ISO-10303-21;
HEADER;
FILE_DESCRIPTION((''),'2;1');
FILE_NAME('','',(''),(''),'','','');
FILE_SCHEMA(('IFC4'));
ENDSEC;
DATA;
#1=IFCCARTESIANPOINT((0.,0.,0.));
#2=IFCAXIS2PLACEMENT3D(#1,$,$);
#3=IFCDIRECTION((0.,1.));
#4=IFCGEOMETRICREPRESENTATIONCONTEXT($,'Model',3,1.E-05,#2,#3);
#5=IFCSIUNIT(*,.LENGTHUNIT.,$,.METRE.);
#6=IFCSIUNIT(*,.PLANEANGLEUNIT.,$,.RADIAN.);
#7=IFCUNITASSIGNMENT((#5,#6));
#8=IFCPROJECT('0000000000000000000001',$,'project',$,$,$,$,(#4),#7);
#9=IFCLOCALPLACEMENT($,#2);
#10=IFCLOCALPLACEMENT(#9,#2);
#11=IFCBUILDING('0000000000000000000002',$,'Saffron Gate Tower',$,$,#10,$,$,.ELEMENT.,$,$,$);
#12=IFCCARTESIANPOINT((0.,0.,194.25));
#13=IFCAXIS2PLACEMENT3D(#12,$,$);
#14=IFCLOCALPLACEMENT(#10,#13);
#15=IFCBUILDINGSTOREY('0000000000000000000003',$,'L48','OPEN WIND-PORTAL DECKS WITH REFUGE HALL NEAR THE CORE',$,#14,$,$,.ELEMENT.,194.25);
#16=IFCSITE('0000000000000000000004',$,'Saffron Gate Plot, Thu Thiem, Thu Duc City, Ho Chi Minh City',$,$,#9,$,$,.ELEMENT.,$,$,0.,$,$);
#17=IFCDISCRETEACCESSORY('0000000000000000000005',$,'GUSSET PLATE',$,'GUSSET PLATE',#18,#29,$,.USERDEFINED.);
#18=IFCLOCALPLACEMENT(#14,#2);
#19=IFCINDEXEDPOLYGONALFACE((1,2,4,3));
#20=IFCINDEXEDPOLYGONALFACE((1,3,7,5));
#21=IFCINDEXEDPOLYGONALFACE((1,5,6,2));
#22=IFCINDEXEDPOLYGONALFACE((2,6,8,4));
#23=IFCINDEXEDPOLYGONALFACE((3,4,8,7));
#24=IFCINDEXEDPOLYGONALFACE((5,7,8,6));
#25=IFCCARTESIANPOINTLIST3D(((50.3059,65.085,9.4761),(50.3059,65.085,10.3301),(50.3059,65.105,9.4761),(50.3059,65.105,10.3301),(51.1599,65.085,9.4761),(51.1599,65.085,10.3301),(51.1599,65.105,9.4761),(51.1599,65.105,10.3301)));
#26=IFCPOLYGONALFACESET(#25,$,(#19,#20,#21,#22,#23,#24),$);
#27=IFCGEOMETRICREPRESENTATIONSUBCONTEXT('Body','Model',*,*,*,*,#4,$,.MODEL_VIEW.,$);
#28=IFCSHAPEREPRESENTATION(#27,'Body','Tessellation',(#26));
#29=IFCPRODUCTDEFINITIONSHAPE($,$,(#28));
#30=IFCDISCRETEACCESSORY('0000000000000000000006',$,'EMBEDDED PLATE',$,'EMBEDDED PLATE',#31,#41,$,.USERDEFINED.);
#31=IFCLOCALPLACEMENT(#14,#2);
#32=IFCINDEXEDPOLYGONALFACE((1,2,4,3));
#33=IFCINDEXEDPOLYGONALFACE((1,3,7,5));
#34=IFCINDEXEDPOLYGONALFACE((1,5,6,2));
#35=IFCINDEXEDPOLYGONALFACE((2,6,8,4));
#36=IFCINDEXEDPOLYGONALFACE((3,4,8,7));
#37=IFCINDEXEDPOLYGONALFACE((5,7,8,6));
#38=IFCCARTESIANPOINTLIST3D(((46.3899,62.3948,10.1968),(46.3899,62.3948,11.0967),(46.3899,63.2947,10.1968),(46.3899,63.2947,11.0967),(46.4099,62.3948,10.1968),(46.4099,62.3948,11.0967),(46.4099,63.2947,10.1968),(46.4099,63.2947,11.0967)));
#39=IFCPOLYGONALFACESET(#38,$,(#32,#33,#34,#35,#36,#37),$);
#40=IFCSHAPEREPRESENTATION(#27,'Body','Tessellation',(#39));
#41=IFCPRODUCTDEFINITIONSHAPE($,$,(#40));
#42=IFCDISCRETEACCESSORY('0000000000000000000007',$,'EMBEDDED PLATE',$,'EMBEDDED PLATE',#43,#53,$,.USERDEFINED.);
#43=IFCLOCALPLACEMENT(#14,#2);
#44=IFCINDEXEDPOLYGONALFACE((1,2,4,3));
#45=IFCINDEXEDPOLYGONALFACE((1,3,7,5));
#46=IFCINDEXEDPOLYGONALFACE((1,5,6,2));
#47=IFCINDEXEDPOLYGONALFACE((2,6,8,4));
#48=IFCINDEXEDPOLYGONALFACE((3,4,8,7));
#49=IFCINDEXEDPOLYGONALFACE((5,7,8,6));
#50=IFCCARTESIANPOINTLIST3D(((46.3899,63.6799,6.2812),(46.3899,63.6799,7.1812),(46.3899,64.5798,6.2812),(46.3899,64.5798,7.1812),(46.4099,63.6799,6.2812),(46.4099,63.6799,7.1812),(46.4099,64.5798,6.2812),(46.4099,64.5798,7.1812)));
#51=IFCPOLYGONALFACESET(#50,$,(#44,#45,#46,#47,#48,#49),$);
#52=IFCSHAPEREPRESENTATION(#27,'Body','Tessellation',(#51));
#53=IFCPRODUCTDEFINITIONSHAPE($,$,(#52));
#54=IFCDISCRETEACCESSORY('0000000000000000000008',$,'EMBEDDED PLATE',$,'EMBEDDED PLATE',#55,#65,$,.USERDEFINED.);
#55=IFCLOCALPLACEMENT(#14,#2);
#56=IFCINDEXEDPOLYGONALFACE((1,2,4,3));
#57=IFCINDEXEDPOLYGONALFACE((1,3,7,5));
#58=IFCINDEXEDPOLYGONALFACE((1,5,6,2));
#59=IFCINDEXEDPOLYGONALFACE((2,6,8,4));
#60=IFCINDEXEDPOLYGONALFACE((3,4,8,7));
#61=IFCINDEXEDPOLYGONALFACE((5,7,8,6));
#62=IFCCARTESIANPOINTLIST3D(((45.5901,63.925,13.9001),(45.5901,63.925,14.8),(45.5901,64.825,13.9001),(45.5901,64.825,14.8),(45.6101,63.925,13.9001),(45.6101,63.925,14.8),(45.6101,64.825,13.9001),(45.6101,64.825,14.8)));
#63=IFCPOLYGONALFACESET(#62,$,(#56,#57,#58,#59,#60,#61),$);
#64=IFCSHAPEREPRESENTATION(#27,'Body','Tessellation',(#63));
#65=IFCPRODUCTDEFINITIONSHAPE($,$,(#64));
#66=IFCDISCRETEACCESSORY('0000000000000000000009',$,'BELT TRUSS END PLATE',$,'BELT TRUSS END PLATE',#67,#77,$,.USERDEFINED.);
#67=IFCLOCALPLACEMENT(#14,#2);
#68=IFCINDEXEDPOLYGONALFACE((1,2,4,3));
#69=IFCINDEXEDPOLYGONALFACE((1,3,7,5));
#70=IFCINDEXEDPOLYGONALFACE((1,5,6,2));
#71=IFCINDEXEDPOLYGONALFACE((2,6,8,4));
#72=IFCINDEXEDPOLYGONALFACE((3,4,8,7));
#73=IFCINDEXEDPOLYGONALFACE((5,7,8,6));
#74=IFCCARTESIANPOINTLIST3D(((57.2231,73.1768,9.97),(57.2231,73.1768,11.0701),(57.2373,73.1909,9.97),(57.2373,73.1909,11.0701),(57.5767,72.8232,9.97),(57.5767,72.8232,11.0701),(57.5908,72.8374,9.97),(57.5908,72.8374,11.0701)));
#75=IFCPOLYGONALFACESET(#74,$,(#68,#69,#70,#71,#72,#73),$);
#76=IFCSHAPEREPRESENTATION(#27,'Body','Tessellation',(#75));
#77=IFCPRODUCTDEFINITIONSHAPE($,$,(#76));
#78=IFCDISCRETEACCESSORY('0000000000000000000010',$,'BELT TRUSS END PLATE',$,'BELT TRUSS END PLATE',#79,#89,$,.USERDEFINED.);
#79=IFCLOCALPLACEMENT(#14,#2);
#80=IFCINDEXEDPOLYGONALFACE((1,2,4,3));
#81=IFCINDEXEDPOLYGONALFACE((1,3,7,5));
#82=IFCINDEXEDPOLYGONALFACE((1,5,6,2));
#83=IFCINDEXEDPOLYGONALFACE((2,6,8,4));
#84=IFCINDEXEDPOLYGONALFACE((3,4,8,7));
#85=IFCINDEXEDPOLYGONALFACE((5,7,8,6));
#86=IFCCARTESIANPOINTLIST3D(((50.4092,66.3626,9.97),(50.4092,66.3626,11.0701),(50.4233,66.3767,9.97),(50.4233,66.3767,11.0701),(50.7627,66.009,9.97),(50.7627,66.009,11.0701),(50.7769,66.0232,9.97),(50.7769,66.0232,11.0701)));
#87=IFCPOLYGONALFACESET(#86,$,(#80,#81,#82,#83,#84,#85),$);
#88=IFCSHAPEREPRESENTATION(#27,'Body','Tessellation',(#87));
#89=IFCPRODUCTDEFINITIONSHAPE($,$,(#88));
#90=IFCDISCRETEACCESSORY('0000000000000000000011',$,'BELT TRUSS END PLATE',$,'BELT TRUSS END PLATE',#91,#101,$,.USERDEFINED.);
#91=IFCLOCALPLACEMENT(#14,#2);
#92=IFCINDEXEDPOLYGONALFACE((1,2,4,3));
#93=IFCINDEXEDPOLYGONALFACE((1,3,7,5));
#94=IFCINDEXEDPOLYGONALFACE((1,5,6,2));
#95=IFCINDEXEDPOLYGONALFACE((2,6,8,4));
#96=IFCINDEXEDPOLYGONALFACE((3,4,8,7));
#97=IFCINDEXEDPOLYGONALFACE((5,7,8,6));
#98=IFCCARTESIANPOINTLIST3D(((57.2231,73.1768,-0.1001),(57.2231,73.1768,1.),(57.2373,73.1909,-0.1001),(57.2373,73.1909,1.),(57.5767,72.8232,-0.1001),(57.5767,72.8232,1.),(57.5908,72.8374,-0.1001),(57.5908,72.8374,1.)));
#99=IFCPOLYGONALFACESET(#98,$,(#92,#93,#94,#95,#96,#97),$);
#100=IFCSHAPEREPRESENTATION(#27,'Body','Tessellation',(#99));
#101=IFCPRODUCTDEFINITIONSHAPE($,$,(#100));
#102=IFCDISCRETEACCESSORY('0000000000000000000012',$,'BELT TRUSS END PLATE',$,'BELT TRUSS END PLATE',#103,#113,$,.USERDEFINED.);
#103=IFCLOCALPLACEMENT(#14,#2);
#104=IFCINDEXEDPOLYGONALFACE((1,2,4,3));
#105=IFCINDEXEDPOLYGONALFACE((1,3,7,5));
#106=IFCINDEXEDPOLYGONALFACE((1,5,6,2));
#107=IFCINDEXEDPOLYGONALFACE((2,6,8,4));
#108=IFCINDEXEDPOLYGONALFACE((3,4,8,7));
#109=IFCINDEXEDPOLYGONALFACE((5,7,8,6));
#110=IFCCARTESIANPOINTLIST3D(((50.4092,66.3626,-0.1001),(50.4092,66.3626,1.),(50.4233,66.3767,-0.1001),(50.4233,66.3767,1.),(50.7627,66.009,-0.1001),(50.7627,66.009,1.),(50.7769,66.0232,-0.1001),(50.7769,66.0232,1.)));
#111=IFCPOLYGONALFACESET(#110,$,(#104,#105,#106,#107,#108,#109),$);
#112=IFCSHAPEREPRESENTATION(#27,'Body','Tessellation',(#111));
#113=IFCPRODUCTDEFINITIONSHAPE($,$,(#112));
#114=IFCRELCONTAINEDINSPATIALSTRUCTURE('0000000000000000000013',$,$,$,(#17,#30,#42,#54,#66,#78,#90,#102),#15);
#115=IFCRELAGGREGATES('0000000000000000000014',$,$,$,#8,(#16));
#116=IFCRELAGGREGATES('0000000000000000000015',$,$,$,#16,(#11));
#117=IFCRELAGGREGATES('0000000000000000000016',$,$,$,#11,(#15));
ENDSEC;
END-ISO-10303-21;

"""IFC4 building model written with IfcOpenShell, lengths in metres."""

from ifc_helpers import new_model, si_unit, direction, frame, origin, origin_2d, place, context, subcontext, project, spatial, rectangle, extrude, element, save


model = new_model("IFC4")

# Units and contexts
model_context = context("Model", 3, precision=1e-05, world=origin(), true_north=direction((0.0, 1.0)))
body_context = subcontext(model_context, "Body", "Model", "MODEL_VIEW")
ifc_project = project(units=[si_unit("LENGTHUNIT", "METRE"), si_unit("PLANEANGLEUNIT", "RADIAN")], contexts=[model_context])

# Site, building, storey
site_placement = place(None, origin())
site = spatial("IfcSite", under=ifc_project, at=site_placement, Name="Saffron Gate Plot, Thu Thiem, Thu Duc City, Ho Chi Minh City", CompositionType="ELEMENT", RefElevation=0.0)
building_placement = place(site_placement, origin())
building = spatial("IfcBuilding", under=site, at=building_placement, Name="Saffron Gate Tower", CompositionType="ELEMENT")
storey_placement = place(building_placement, frame((0.0, 0.0, 194.25)))
storey = spatial("IfcBuildingStorey", under=building, at=storey_placement, Name="L48", Description="OPEN WIND-PORTAL DECKS WITH REFUGE HALL NEAR THE CORE", CompositionType="ELEMENT", Elevation=194.25)

# Discrete accessories
for number, where, z_axis, x_axis, name in (
    (1, (50.7329, 65.095, 9.4761), (0.0, 0.0, 1.0), (-1.0, 0.0, 0.0), "GUSSET PLATE"),
):
    element("IfcDiscreteAccessory", number, at=place(storey_placement, frame(where, z_axis=z_axis, x_axis=x_axis)), inside=storey, Name=name, ObjectType="GUSSET PLATE", PredefinedType="USERDEFINED", context=body_context, shape_type="SweptSolid", body=[
        extrude(rectangle(XDim=0.854, YDim=0.02, at=origin_2d()), origin(), (0.0, 0.0, 1.0), 0.854),
    ])
for number, where, z_axis, x_axis, name in (
    (2, (46.3999, 62.8447, 10.1968), (0.0, 0.0, 1.0), (0.0, 1.0, 0.0), "EMBEDDED PLATE"),
    (3, (46.3999, 64.1299, 6.2812), (0.0, 0.0, 1.0), (0.0, 1.0, 0.0), "EMBEDDED PLATE"),
    (4, (45.6001, 64.375, 13.9001), (0.0, 0.0, 1.0), (0.0, 1.0, 0.0), "EMBEDDED PLATE"),
):
    element("IfcDiscreteAccessory", number, at=place(storey_placement, frame(where, z_axis=z_axis, x_axis=x_axis)), inside=storey, Name=name, ObjectType="EMBEDDED PLATE", PredefinedType="USERDEFINED", context=body_context, shape_type="SweptSolid", body=[
        extrude(rectangle(XDim=0.8999, YDim=0.02, at=origin_2d()), origin(), (0.0, 0.0, 1.0), 0.8999),
    ])
for number, where, z_axis, x_axis, name in (
    (5, (57.407, 73.0071, 9.97), (0.0, 0.0, 1.0), (0.707107, 0.707107, 0.0), "BELT TRUSS END PLATE"),
    (6, (50.593, 66.1929, 9.97), (0.0, 0.0, 1.0), (-0.707107, -0.707107, 0.0), "BELT TRUSS END PLATE"),
    (7, (57.407, 73.0071, -0.1001), (0.0, 0.0, 1.0), (0.707107, 0.707107, 0.0), "BELT TRUSS END PLATE"),
    (8, (50.593, 66.1929, -0.1001), (0.0, 0.0, 1.0), (-0.707107, -0.707107, 0.0), "BELT TRUSS END PLATE"),
):
    element("IfcDiscreteAccessory", number, at=place(storey_placement, frame(where, z_axis=z_axis, x_axis=x_axis)), inside=storey, Name=name, ObjectType="BELT TRUSS END PLATE", PredefinedType="USERDEFINED", context=body_context, shape_type="SweptSolid", body=[
        extrude(rectangle(XDim=0.02, YDim=0.5, at=origin_2d()), origin(), (0.0, 0.0, 1.0), 1.1001),
    ])

save(model, "model.ifc")
